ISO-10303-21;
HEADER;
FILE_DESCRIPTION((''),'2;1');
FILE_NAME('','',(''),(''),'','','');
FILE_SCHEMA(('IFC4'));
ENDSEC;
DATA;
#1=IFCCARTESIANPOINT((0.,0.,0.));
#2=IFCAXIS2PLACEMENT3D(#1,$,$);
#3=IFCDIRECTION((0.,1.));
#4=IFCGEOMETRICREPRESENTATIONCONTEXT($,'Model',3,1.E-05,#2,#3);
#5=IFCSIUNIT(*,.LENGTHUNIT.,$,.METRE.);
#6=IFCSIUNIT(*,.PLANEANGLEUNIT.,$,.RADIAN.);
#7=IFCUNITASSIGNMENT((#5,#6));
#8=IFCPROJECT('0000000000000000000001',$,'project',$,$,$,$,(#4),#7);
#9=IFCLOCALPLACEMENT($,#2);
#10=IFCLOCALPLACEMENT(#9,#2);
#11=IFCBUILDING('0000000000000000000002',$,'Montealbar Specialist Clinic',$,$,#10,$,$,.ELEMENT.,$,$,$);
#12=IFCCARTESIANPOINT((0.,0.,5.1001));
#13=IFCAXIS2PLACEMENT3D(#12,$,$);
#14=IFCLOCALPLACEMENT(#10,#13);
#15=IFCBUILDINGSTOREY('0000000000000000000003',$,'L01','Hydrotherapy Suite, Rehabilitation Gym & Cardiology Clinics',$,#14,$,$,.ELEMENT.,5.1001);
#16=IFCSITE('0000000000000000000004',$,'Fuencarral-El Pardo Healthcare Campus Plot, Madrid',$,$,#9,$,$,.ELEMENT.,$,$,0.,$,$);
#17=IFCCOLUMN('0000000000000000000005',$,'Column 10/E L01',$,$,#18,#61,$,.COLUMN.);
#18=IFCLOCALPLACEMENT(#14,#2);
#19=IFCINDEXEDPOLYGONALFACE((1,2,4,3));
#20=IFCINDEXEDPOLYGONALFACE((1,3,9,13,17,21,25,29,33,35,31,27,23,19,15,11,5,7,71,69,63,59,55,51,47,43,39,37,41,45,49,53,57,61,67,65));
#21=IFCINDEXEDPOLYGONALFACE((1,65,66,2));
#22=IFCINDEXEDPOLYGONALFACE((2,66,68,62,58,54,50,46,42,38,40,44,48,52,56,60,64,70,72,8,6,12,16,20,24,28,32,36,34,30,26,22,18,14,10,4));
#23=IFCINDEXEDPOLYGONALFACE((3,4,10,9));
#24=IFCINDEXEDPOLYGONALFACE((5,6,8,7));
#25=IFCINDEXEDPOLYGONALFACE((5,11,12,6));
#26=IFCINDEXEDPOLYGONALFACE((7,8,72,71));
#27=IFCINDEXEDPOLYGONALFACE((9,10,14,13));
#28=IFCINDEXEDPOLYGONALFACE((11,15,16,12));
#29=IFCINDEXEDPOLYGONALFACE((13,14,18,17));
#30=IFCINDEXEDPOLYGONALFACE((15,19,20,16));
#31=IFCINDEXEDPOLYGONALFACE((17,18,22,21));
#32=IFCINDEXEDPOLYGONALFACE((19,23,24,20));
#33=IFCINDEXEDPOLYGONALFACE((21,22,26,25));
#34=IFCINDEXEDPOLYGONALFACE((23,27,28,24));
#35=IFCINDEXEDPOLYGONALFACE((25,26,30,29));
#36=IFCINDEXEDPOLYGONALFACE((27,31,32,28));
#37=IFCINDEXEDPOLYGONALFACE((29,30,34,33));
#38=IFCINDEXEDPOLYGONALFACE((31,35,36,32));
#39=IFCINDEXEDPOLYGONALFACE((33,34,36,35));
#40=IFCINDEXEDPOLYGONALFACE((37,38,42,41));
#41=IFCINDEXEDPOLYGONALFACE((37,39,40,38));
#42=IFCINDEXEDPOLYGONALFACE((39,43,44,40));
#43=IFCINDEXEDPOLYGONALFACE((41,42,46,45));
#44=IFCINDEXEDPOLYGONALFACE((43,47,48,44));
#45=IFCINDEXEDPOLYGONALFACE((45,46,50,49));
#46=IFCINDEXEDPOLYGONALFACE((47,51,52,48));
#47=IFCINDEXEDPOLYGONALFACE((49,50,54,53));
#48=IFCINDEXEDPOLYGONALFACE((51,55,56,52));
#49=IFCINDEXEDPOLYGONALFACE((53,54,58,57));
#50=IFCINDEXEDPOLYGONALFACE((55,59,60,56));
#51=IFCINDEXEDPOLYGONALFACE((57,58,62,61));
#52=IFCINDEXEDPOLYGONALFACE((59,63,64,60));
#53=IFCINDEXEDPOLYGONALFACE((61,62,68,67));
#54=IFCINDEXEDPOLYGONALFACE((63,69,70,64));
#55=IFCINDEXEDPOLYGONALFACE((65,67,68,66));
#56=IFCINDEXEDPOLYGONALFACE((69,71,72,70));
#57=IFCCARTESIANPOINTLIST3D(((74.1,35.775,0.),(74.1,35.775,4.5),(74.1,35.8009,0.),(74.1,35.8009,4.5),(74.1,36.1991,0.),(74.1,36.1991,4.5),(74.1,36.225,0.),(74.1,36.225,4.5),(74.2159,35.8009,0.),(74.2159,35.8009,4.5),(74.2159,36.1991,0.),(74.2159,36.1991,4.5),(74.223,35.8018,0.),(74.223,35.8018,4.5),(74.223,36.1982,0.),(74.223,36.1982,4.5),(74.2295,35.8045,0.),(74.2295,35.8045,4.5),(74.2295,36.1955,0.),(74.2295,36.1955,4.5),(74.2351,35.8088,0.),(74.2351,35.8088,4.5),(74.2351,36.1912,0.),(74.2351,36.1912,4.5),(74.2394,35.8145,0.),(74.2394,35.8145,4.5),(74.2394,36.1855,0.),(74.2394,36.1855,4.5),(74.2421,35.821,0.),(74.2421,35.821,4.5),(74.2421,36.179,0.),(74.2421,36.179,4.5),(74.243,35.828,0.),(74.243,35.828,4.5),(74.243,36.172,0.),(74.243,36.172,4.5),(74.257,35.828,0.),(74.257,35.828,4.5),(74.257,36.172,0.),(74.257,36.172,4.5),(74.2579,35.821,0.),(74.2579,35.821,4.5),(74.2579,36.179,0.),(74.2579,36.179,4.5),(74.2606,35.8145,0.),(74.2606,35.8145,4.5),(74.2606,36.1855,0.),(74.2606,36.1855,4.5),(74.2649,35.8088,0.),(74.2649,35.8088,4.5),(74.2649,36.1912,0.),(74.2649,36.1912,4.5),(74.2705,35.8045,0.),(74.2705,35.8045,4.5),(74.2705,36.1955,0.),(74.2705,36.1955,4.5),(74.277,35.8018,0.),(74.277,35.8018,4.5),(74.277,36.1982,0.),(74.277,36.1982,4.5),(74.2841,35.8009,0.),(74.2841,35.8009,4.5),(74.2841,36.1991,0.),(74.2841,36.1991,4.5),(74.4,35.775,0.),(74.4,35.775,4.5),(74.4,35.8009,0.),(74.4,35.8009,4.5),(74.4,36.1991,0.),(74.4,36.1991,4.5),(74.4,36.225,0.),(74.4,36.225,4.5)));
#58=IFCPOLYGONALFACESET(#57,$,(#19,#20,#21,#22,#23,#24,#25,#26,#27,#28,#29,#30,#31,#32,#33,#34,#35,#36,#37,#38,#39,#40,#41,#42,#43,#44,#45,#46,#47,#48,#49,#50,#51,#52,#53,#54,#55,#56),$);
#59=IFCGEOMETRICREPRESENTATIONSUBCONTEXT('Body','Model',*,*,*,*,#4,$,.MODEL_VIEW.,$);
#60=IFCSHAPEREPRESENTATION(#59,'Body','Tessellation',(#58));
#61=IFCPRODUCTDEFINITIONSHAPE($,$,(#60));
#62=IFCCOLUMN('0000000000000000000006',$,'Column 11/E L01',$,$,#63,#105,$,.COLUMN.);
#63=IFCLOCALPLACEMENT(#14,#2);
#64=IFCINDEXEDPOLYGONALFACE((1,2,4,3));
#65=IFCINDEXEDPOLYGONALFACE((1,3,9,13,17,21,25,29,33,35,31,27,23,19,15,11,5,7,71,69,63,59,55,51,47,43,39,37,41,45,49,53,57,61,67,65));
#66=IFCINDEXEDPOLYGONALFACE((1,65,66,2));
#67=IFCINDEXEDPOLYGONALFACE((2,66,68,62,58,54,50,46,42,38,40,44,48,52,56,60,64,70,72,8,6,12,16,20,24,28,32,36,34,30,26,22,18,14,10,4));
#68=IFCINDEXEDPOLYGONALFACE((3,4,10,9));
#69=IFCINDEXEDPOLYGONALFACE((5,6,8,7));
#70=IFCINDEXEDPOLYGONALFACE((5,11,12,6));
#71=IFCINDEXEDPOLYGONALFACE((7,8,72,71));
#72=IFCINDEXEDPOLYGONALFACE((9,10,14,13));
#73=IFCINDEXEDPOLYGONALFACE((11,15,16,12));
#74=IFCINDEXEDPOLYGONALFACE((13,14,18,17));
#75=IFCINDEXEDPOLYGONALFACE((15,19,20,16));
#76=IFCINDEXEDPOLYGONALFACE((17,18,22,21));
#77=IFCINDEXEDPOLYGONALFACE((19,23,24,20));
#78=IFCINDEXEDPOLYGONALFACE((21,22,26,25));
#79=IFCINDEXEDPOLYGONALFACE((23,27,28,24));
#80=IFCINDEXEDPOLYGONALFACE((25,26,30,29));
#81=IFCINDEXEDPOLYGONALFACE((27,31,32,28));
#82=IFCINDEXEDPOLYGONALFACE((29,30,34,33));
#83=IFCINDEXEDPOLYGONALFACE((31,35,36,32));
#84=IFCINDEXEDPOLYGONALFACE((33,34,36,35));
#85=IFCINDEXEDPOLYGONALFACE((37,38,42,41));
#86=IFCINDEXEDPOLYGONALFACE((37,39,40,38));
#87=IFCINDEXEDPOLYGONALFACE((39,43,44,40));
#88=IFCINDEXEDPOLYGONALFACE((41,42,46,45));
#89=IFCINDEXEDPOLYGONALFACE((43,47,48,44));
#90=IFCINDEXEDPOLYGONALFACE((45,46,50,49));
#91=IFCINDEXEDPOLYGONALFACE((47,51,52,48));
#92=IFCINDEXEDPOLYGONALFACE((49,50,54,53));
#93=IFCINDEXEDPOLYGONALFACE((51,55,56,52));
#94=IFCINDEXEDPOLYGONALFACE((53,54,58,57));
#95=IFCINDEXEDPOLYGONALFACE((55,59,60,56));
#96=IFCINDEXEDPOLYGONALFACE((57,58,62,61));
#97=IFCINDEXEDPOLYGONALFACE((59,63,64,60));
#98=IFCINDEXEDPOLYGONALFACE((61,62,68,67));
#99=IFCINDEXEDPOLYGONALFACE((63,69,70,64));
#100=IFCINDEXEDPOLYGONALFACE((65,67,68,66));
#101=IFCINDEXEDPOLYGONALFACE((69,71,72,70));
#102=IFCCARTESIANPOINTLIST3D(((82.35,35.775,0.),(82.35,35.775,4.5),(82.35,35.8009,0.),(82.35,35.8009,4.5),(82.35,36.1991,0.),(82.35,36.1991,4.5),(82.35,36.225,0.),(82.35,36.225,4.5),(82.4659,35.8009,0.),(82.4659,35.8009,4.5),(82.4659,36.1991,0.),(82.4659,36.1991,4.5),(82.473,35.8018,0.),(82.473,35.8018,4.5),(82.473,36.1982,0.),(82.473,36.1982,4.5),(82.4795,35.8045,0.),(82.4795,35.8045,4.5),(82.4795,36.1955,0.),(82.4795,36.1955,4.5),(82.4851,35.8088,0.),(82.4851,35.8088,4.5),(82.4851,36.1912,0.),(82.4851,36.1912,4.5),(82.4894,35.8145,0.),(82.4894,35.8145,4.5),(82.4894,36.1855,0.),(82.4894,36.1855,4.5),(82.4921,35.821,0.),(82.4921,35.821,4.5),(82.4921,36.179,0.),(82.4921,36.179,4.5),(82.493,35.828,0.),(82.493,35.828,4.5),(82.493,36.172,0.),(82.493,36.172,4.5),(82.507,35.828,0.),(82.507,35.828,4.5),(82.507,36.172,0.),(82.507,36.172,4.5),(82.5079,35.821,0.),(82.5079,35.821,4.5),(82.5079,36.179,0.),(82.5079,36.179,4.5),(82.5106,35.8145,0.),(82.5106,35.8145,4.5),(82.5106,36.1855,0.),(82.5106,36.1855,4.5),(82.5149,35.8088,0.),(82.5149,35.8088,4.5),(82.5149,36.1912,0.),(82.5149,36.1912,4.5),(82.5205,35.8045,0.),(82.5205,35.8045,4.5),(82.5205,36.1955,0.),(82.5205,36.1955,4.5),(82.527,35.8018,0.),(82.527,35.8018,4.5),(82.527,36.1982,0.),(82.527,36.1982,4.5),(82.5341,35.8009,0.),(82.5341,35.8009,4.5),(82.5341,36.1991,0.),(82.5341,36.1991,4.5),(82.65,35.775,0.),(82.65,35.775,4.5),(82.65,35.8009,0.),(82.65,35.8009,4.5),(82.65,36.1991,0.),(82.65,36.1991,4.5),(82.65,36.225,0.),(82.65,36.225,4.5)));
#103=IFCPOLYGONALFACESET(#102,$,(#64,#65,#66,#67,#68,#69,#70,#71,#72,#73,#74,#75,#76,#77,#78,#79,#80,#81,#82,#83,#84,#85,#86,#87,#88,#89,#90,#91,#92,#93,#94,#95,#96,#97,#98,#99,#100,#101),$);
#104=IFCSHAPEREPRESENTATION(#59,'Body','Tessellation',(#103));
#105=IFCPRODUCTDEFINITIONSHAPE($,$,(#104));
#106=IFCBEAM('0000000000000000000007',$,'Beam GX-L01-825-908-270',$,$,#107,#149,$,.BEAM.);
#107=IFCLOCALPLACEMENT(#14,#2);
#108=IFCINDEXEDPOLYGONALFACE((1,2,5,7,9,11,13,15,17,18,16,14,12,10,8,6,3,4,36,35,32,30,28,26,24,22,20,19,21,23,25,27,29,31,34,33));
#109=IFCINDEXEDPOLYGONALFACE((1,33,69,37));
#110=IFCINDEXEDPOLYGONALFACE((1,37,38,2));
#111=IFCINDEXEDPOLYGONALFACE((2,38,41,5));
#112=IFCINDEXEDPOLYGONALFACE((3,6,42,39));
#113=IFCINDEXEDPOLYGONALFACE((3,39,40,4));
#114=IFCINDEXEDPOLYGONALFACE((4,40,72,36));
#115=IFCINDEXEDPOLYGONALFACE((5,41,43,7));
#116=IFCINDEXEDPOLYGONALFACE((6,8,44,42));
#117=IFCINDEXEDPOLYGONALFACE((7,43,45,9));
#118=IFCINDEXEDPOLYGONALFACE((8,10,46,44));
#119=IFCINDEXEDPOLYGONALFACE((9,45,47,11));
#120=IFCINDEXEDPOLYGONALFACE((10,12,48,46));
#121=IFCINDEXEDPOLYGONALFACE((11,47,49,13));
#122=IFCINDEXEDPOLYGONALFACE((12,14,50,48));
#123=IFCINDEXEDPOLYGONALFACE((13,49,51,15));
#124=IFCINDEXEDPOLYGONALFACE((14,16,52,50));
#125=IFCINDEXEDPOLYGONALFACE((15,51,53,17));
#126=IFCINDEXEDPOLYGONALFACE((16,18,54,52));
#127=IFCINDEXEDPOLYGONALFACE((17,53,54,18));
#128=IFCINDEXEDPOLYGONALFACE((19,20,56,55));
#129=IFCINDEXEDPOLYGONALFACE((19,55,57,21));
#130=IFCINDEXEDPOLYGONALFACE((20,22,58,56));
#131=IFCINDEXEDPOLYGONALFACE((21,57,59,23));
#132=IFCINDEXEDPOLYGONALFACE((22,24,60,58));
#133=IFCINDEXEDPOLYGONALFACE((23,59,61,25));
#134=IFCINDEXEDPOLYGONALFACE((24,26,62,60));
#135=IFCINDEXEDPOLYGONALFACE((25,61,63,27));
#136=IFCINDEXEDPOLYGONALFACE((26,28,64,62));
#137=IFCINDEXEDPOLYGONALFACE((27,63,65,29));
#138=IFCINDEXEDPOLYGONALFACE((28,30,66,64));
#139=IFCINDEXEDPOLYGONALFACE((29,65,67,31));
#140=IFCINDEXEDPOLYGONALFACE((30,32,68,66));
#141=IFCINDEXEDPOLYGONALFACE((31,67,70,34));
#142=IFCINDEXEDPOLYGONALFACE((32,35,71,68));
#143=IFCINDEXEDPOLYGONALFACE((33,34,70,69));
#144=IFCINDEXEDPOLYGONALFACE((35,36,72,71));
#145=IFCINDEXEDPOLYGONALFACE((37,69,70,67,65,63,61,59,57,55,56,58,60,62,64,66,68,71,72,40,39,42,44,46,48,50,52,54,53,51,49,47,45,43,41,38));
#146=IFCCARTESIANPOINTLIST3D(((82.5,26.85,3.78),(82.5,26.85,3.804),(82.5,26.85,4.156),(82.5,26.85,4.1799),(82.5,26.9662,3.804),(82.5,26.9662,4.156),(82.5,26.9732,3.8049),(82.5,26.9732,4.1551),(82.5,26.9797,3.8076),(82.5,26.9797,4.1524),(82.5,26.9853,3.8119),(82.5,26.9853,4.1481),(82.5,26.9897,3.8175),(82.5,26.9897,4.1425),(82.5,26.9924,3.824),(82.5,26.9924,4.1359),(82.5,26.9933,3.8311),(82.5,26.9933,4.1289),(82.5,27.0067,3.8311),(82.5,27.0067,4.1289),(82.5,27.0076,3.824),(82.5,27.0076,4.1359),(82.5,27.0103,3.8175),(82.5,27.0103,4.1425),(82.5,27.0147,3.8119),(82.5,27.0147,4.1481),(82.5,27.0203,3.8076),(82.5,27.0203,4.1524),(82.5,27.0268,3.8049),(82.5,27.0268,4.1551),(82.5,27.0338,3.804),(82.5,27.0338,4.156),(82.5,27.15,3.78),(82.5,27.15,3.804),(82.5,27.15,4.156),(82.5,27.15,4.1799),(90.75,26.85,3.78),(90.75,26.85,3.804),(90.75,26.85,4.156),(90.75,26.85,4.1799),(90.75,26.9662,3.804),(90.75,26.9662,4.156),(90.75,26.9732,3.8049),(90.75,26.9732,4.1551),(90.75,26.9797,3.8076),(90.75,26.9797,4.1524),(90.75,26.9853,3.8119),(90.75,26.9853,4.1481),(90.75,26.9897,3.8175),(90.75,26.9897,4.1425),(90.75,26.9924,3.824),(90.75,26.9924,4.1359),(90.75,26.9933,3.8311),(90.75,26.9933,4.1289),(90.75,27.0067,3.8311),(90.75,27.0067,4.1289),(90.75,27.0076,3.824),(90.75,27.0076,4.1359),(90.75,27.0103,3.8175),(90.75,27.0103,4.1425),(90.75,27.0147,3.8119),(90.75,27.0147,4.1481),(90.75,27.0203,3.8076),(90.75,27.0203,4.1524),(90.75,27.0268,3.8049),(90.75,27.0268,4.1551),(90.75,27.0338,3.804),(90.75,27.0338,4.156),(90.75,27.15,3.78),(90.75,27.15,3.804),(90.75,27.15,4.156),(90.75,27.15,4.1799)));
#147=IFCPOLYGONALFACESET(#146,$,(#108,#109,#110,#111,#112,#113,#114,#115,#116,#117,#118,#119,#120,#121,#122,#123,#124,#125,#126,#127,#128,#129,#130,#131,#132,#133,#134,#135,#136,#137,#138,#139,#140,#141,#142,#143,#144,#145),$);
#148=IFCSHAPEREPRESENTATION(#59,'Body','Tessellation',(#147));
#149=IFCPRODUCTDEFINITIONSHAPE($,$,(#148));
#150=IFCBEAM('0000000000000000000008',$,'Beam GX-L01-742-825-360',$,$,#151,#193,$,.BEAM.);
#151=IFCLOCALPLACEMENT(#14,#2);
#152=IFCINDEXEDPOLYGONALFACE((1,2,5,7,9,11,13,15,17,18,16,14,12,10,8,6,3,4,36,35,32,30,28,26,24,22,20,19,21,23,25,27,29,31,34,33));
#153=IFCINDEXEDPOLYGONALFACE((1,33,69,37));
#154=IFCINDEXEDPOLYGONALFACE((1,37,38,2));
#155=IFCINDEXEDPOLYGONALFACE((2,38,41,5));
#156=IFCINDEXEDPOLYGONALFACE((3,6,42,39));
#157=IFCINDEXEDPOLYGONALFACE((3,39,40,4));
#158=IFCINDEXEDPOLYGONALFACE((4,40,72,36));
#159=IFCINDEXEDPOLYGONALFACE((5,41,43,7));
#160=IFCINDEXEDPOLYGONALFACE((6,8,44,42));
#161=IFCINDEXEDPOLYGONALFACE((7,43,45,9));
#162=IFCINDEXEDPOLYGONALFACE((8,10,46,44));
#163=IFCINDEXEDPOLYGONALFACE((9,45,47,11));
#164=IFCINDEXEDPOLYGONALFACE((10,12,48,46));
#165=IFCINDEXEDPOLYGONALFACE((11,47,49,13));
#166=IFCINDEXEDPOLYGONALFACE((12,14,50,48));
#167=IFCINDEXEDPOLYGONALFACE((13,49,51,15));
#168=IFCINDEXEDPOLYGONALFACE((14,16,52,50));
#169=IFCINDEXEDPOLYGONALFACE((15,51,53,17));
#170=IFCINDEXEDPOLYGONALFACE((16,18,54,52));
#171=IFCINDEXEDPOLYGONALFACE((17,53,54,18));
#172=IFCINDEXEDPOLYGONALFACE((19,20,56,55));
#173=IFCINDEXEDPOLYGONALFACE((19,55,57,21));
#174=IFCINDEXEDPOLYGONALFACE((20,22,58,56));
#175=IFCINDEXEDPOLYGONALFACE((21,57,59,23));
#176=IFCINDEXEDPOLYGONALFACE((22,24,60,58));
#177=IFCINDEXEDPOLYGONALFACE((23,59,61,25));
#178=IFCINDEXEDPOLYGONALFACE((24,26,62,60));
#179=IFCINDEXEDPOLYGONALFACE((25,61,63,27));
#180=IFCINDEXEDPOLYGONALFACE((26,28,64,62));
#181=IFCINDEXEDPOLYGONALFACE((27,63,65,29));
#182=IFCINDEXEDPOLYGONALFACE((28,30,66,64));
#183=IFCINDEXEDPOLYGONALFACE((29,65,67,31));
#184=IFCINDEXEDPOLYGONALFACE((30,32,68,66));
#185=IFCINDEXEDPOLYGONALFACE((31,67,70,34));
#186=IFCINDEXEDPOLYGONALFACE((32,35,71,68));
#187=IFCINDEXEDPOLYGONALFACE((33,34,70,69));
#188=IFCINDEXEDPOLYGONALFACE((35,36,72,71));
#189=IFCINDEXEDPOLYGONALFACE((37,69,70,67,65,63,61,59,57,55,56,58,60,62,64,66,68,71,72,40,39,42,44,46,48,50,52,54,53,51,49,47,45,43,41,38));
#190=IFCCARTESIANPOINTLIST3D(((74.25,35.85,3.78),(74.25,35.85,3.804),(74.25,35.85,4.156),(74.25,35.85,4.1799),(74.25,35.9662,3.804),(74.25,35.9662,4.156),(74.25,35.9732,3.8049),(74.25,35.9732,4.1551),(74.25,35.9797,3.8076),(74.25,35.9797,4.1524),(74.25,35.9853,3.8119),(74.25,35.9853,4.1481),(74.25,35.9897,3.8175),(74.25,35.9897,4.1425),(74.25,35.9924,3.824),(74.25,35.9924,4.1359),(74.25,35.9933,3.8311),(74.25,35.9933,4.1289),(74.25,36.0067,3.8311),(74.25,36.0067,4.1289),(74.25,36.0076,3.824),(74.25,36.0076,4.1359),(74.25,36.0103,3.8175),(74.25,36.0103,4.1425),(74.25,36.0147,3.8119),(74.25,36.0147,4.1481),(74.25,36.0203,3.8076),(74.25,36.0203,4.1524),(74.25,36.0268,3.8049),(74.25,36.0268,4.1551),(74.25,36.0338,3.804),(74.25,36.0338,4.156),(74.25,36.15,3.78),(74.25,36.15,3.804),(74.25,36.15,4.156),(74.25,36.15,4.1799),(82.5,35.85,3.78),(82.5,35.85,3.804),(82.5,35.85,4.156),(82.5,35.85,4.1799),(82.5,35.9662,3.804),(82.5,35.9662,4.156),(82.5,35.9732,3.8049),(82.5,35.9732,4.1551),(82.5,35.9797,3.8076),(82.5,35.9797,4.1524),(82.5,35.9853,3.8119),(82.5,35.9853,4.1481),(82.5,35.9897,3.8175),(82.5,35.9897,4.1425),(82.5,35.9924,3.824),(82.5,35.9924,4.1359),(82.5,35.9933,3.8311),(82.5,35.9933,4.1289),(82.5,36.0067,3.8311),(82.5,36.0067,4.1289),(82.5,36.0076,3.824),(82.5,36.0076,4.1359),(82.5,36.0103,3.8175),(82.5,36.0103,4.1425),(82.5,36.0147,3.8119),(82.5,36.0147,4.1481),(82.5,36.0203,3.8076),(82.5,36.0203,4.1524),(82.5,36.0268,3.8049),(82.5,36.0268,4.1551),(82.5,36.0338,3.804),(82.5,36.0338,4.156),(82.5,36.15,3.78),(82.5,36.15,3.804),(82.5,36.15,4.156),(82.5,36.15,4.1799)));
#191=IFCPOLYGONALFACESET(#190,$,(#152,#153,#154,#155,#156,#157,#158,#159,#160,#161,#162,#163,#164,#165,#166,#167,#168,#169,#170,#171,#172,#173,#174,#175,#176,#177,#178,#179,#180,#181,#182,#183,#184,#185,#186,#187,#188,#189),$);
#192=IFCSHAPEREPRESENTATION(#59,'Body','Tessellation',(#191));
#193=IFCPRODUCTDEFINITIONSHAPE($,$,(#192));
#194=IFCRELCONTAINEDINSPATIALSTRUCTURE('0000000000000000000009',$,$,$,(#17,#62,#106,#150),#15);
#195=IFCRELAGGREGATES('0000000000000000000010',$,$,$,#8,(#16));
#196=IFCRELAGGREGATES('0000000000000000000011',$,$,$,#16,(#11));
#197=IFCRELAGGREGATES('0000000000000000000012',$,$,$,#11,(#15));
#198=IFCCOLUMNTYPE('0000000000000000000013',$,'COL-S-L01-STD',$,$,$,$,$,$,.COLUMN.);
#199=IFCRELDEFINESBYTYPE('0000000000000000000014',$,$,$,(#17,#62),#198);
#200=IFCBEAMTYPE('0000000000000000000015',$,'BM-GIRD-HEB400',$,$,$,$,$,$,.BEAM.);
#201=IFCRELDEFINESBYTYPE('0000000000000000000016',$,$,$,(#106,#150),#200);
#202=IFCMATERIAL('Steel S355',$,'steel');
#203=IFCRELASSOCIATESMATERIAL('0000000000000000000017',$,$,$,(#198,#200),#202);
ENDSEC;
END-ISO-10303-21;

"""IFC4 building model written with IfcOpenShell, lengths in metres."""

from ifc_helpers import new_model, si_unit, direction, frame, origin, origin_2d, place, context, subcontext, project, spatial, i_section, extrude, material, material_profile, profile_set, type_object, element, save


model = new_model("IFC4")

# Units and contexts
model_context = context("Model", 3, precision=1e-05, world=origin(), true_north=direction((0.0, 1.0)))
body_context = subcontext(model_context, "Body", "Model", "MODEL_VIEW")
ifc_project = project(units=[si_unit("LENGTHUNIT", "METRE"), si_unit("PLANEANGLEUNIT", "RADIAN")], contexts=[model_context])

# Site, building, storey
site_placement = place(None, origin())
site = spatial("IfcSite", under=ifc_project, at=site_placement, Name="Fuencarral-El Pardo Healthcare Campus Plot, Madrid", CompositionType="ELEMENT", RefElevation=0.0)
building_placement = place(site_placement, origin())
building = spatial("IfcBuilding", under=site, at=building_placement, Name="Montealbar Specialist Clinic", CompositionType="ELEMENT")
storey_placement = place(building_placement, frame((0.0, 0.0, 5.1001)))
storey = spatial("IfcBuildingStorey", under=building, at=storey_placement, Name="L01", Description="Hydrotherapy Suite, Rehabilitation Gym & Cardiology Clinics", CompositionType="ELEMENT", Elevation=5.1001)

# Columns
ifc_material_1 = material(Name="Steel S355", Category="steel")
ifc_material_profile_1 = material_profile(ifc_material_1, i_section(OverallWidth=0.3, OverallDepth=0.45, WebThickness=0.0139, FlangeThickness=0.0259, FilletRadius=0.0271, at=origin_2d()), Name="HEB 450", Category="steel")
ifc_profile_set_1 = profile_set([ifc_material_profile_1], Name="Steel S355")
column_type = type_object("IfcColumnType", Name="COL-S-L01-STD", PredefinedType="COLUMN", material=ifc_profile_set_1)
for number, where, z_axis, x_axis, name in (
    (1, (74.25, 36.0, 0.0), (0.0, 0.0, 1.0), (1.0, 0.0, 0.0), "Column 10/E L01"),
    (2, (82.5, 36.0, 0.0), (0.0, 0.0, 1.0), (1.0, 0.0, 0.0), "Column 11/E L01"),
):
    element("IfcColumn", number, at=place(storey_placement, frame(where, z_axis=z_axis, x_axis=x_axis)), inside=storey, type_object=column_type, Name=name, PredefinedType="COLUMN", context=body_context, shape_type="SweptSolid", body=[
        extrude(i_section(OverallWidth=0.3, OverallDepth=0.45, WebThickness=0.0139, FlangeThickness=0.0259, FilletRadius=0.0271, at=origin_2d()), origin(), (0.0, 0.0, 1.0), 4.5),
    ])

# Beams
ifc_material_profile_2 = material_profile(ifc_material_1, i_section(OverallWidth=0.3, OverallDepth=0.3999, WebThickness=0.0134, FlangeThickness=0.0239, FilletRadius=0.0271, at=origin_2d()), Name="HEB 400", Category="steel")
ifc_profile_set_2 = profile_set([ifc_material_profile_2], Name="Steel S355")
beam_type_1 = type_object("IfcBeamType", Name="BM-GIRD-HEB400", PredefinedType="BEAM", material=ifc_profile_set_2)
for number, where, z_axis, x_axis, name in (
    (3, (82.5, 27.0, 3.98), (1.0, 0.0, 0.0), (0.0, 1.0, 0.0), "Beam GX-L01-825-908-270"),
    (4, (74.25, 36.0, 3.98), (1.0, 0.0, 0.0), (0.0, 1.0, 0.0), "Beam GX-L01-742-825-360"),
):
    element("IfcBeam", number, at=place(storey_placement, frame(where, z_axis=z_axis, x_axis=x_axis)), inside=storey, type_object=beam_type_1, Name=name, PredefinedType="BEAM", context=body_context, shape_type="SweptSolid", body=[
        extrude(i_section(OverallWidth=0.3, OverallDepth=0.3999, WebThickness=0.0134, FlangeThickness=0.0239, FilletRadius=0.0271, at=origin_2d()), origin(), (0.0, 0.0, 1.0), 8.25),
    ])

save(model, "model.ifc")
